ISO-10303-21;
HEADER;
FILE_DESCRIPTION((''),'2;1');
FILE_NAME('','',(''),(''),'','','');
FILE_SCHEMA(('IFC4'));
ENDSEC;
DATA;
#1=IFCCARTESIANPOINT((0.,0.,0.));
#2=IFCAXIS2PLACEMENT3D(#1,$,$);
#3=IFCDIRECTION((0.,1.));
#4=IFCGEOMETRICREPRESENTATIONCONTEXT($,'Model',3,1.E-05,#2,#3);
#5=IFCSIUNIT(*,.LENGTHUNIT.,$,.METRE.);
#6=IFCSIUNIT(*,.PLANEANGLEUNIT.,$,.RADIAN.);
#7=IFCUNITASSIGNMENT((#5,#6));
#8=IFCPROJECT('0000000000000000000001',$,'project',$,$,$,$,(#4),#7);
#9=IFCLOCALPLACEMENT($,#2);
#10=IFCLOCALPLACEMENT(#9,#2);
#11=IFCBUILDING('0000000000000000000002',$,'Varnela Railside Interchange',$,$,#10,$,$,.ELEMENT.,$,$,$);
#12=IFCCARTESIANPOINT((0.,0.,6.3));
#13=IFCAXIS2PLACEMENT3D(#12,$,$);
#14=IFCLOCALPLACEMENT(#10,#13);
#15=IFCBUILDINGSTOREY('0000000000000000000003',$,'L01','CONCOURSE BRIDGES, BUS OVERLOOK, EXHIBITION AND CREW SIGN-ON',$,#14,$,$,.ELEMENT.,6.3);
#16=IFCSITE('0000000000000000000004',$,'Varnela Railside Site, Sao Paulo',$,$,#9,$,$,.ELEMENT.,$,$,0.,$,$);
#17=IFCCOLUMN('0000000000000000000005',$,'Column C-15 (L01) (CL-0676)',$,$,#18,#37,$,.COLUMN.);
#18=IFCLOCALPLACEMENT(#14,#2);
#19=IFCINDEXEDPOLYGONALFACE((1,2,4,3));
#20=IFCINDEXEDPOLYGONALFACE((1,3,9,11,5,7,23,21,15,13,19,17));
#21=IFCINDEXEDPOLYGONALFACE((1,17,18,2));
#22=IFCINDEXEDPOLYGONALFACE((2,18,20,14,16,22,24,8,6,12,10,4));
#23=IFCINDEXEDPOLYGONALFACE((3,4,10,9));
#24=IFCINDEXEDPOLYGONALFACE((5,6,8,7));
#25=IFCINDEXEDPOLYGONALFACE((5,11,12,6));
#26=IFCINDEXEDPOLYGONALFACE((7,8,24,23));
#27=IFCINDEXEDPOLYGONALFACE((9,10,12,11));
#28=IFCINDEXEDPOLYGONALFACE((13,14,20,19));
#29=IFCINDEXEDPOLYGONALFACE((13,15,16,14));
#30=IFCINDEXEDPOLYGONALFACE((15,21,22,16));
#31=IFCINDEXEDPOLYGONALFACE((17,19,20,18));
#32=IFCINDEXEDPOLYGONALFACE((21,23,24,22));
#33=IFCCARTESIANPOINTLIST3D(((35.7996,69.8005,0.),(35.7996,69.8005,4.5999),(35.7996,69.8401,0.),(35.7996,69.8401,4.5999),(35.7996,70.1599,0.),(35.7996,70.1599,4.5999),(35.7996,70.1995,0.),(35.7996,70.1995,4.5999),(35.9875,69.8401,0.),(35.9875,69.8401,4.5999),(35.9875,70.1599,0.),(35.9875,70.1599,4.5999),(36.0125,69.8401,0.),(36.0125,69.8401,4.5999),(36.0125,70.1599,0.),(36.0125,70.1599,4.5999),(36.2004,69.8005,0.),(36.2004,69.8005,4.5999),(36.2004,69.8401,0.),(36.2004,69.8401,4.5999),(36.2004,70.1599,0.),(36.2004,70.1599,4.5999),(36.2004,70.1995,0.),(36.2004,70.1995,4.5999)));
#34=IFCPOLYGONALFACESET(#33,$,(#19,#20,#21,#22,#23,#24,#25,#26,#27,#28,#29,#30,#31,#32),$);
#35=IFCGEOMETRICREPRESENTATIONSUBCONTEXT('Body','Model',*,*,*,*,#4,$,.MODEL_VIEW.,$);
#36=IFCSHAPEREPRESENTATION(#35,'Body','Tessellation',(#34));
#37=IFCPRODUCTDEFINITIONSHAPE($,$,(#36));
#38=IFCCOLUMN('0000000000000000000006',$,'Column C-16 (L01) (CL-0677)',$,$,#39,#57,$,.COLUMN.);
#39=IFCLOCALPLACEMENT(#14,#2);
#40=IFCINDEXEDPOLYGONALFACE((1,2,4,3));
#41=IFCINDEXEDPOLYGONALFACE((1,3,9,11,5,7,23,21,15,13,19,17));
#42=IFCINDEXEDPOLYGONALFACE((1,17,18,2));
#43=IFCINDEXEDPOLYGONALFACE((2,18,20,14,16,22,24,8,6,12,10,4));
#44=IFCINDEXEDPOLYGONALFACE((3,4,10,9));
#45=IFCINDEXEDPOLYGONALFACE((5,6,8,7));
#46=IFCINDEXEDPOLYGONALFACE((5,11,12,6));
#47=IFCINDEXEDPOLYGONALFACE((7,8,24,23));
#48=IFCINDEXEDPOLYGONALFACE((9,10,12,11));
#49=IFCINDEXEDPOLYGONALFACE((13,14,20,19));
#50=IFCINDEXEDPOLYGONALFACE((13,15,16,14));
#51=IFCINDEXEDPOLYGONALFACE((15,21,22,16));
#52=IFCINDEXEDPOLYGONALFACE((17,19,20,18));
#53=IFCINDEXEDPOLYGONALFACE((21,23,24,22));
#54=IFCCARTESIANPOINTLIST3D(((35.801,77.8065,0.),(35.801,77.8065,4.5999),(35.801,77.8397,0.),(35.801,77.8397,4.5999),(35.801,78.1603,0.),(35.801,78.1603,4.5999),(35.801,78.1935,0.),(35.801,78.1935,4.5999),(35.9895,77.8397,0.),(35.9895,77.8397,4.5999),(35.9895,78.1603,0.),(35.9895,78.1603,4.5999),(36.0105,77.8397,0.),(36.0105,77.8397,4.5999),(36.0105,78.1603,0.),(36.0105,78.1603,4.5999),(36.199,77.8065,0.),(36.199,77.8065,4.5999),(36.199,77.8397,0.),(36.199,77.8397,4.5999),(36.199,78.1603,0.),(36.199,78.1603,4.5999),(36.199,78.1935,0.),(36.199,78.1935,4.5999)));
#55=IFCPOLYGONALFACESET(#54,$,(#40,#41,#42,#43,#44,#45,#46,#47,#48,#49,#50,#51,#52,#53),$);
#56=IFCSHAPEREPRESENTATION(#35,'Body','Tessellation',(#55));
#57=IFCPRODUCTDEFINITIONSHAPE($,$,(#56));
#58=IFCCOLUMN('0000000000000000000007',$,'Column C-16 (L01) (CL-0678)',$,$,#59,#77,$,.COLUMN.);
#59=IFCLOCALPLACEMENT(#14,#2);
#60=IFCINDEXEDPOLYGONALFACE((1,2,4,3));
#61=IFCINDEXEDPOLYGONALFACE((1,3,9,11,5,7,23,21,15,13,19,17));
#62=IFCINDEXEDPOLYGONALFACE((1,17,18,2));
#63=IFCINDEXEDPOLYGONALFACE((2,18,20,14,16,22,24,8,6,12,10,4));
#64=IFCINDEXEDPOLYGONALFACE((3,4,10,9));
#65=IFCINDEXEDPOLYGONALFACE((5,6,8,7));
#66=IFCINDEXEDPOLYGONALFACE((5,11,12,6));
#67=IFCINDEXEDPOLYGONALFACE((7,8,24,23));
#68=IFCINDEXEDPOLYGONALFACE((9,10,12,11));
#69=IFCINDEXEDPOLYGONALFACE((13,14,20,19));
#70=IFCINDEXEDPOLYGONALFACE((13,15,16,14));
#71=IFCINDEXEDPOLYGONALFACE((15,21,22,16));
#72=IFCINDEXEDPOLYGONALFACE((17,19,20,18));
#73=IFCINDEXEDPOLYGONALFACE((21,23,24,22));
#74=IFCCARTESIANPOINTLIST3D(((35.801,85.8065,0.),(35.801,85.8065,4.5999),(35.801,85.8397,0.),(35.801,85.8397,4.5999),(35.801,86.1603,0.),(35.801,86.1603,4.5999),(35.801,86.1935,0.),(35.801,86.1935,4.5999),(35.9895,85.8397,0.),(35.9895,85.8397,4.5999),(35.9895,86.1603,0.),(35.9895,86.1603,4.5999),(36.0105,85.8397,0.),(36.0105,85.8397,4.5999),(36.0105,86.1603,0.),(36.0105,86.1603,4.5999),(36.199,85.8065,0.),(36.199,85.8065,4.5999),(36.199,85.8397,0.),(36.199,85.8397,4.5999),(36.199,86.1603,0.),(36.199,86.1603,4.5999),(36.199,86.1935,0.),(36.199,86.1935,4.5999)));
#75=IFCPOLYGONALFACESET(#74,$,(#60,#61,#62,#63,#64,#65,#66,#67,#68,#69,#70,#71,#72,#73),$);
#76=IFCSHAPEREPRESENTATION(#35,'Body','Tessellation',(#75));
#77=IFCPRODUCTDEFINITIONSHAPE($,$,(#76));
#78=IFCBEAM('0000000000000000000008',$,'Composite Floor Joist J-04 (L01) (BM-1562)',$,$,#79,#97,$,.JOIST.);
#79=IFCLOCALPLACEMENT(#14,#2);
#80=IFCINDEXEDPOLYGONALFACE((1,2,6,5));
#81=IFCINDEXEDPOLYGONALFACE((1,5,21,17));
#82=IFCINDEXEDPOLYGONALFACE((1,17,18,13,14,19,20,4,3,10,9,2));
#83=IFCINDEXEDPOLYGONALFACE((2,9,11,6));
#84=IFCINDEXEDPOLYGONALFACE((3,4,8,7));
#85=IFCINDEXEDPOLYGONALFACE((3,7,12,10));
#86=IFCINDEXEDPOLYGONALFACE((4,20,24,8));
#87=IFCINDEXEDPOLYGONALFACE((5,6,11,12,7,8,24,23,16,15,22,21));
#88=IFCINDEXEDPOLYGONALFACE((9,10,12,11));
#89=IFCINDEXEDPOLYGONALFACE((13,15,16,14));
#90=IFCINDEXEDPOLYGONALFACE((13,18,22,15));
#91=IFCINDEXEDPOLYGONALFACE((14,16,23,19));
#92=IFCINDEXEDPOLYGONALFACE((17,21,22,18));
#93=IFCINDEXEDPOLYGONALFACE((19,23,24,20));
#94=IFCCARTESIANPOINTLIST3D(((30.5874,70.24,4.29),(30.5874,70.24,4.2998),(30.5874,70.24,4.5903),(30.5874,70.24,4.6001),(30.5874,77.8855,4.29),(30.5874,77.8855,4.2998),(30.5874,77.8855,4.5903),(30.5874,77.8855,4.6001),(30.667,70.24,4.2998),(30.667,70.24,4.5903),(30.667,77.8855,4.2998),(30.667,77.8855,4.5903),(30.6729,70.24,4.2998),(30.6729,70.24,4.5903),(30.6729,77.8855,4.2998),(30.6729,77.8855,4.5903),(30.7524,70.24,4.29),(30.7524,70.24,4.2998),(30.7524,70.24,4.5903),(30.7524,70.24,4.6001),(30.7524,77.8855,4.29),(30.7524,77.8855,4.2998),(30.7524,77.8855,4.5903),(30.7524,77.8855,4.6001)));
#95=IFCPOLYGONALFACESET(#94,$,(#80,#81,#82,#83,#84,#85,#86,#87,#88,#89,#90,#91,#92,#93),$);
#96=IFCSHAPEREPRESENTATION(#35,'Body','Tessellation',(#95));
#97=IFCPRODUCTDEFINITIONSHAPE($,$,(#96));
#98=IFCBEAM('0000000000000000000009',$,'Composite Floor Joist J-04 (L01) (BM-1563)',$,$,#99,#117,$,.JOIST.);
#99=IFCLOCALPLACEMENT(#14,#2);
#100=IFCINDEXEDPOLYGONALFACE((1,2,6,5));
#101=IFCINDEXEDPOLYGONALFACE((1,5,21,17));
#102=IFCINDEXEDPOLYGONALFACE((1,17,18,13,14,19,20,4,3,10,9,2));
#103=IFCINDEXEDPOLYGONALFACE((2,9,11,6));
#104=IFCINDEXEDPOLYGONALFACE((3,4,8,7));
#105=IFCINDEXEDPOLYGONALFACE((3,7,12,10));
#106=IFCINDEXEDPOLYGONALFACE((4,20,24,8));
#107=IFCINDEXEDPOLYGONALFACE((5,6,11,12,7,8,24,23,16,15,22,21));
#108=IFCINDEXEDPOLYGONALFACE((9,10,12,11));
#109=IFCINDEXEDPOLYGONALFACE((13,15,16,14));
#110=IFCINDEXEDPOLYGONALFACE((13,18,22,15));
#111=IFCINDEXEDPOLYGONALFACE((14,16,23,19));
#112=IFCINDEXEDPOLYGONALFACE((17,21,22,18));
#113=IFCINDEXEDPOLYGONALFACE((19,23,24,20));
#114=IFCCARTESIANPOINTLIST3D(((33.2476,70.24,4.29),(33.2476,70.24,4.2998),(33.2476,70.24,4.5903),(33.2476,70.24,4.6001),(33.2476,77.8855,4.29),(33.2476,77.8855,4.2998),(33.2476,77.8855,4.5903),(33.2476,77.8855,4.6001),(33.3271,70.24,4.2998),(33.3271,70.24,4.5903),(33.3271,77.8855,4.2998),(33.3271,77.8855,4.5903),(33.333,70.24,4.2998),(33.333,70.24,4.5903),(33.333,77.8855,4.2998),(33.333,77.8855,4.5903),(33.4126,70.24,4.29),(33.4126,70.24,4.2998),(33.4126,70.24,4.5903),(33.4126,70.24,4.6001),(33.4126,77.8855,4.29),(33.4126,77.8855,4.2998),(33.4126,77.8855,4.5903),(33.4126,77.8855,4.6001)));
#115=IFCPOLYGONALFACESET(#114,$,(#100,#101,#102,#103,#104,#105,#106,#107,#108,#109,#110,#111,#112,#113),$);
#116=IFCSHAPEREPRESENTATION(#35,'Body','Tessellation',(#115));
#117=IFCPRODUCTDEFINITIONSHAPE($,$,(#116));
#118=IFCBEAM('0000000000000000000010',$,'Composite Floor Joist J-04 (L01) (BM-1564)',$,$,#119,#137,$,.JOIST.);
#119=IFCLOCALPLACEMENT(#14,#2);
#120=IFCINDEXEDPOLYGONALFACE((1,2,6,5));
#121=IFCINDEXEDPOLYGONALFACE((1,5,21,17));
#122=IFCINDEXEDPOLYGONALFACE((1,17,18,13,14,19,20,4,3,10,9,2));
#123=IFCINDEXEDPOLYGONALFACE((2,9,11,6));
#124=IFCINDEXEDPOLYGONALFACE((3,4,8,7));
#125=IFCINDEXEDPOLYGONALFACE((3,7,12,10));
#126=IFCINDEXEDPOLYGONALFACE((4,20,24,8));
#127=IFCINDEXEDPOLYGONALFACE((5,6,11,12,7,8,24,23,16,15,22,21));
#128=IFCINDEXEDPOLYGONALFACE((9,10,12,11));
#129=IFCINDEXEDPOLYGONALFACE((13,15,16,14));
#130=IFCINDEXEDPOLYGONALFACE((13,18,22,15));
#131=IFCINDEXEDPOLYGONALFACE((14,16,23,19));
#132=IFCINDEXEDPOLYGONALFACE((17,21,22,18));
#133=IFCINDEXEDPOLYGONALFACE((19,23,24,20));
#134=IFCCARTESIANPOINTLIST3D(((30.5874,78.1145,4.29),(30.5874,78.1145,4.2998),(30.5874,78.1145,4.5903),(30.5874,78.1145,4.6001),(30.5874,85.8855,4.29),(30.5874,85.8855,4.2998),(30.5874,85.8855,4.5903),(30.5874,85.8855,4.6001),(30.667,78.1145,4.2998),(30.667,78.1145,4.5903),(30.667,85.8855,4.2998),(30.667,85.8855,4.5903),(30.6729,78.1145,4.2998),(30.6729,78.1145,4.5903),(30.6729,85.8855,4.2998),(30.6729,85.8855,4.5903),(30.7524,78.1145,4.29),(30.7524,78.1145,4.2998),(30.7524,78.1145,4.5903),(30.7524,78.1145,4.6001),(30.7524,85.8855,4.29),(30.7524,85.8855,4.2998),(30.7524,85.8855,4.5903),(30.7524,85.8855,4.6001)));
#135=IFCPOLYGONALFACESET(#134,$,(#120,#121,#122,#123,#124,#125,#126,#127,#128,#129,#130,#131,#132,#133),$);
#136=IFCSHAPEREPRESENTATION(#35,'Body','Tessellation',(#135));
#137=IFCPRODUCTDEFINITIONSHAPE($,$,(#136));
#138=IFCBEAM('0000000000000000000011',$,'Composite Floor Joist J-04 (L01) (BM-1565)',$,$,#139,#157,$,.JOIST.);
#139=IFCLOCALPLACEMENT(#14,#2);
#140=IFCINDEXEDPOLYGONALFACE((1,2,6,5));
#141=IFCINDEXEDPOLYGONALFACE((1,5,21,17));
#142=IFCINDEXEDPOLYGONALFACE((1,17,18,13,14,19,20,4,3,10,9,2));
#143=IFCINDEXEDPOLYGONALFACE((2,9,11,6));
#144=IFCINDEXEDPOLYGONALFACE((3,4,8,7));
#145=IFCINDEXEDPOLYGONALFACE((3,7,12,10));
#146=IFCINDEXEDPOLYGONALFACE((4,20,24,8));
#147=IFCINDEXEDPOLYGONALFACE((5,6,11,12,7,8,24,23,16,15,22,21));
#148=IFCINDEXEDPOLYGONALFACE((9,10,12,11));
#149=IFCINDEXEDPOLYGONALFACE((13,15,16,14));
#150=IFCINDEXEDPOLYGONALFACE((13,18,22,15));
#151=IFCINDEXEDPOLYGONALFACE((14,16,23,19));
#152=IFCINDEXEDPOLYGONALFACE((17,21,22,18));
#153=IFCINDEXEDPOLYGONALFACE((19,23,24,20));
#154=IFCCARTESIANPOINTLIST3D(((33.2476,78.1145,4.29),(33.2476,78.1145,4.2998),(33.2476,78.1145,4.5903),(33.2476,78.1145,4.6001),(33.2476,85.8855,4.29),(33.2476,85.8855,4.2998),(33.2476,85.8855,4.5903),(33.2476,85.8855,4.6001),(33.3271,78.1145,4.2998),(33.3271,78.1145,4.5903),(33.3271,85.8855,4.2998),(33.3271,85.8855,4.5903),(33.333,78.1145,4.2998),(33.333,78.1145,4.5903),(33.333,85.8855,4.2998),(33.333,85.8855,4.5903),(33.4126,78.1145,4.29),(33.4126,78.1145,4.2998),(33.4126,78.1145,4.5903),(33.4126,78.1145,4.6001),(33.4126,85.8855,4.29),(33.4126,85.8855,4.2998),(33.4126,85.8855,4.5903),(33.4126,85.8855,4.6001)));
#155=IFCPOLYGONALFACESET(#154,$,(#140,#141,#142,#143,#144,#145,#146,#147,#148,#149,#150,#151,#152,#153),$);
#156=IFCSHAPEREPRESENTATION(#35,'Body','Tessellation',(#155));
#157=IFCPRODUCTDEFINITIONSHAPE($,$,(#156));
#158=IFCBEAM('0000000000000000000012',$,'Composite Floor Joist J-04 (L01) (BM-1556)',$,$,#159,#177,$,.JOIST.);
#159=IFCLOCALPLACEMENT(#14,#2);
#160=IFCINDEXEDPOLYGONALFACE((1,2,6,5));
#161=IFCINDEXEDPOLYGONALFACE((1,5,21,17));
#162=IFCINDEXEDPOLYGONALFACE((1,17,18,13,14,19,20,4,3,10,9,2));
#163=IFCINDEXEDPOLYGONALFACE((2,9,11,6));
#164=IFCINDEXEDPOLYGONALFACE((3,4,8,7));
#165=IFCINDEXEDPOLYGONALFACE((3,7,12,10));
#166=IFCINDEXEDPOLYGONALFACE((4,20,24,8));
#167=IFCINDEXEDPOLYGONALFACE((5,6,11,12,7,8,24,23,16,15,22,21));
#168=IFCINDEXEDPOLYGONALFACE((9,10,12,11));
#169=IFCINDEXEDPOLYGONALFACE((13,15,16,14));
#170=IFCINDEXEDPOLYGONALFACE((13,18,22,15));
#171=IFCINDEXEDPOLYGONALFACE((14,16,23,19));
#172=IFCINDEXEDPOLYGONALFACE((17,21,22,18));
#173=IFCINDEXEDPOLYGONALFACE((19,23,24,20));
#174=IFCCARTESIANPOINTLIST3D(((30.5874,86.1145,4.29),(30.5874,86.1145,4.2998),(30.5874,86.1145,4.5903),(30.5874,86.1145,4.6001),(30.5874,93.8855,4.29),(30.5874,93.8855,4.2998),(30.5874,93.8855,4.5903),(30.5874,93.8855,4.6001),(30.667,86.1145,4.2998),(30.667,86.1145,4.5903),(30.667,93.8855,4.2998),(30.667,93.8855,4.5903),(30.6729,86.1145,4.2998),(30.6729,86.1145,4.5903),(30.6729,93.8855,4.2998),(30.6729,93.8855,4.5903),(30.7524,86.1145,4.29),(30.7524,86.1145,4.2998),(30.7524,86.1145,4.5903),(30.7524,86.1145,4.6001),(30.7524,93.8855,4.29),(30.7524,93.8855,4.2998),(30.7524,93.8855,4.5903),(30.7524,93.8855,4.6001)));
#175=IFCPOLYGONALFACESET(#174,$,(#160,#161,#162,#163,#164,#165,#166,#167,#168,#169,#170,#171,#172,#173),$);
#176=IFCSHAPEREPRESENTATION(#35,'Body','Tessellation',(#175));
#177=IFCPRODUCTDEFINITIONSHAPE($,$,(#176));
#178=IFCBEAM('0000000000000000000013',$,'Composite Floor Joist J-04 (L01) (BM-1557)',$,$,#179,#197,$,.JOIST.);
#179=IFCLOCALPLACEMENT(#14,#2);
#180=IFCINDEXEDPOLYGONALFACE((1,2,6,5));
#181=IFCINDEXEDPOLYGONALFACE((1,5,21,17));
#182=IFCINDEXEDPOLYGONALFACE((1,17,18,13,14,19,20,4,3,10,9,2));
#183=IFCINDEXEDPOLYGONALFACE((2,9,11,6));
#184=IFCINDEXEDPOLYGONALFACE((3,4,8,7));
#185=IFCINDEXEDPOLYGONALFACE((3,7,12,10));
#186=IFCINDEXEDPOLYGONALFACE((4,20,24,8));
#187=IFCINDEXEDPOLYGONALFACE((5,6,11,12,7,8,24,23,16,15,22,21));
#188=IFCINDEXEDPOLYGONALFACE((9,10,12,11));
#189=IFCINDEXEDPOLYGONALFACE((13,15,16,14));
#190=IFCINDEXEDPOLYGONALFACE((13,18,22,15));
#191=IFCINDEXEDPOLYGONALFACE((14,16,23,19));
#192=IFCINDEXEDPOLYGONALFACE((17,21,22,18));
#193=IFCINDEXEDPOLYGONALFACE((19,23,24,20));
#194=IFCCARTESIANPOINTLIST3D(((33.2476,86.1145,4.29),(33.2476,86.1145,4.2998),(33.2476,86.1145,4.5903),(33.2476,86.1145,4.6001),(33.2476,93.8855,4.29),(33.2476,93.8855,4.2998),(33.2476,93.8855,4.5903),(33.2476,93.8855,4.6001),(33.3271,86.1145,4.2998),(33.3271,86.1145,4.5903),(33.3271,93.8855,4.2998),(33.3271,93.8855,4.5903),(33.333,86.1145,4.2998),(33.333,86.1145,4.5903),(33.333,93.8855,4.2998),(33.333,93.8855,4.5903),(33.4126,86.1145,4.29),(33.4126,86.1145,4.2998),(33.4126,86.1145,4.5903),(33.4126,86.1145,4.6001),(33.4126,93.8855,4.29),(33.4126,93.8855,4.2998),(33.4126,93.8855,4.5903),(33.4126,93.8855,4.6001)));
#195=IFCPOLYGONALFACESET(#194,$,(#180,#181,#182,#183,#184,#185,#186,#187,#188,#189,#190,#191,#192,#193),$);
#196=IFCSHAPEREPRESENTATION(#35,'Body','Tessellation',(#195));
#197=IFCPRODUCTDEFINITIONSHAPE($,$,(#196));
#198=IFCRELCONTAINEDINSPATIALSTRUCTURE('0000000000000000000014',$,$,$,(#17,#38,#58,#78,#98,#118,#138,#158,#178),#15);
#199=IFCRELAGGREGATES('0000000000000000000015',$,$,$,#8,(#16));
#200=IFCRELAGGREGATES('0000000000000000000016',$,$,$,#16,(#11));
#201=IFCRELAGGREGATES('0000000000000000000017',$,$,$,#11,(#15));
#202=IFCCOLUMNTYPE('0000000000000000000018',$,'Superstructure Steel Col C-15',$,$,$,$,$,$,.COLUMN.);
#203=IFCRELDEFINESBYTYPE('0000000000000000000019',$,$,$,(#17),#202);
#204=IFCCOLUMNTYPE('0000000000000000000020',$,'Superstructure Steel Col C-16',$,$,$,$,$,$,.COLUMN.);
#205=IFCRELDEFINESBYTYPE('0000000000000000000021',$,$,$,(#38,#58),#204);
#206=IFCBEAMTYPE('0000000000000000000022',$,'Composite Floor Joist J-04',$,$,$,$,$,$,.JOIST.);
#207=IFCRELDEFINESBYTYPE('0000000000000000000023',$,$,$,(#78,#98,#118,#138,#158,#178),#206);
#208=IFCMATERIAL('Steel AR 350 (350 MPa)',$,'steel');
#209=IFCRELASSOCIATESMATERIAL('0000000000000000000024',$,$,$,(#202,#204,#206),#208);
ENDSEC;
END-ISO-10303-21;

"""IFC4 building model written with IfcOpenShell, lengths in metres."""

from ifc_helpers import new_model, si_unit, direction, frame, origin, origin_2d, place, context, subcontext, project, spatial, i_section, extrude, material, material_profile, profile_set, type_object, element, save


model = new_model("IFC4")

# Units and contexts
model_context = context("Model", 3, precision=1e-05, world=origin(), true_north=direction((0.0, 1.0)))
body_context = subcontext(model_context, "Body", "Model", "MODEL_VIEW")
ifc_project = project(units=[si_unit("LENGTHUNIT", "METRE"), si_unit("PLANEANGLEUNIT", "RADIAN")], contexts=[model_context])

# Site, building, storey
site_placement = place(None, origin())
site = spatial("IfcSite", under=ifc_project, at=site_placement, Name="Varnela Railside Site, Sao Paulo", CompositionType="ELEMENT", RefElevation=0.0)
building_placement = place(site_placement, origin())
building = spatial("IfcBuilding", under=site, at=building_placement, Name="Varnela Railside Interchange", CompositionType="ELEMENT")
storey_placement = place(building_placement, frame((0.0, 0.0, 6.3)))
storey = spatial("IfcBuildingStorey", under=building, at=storey_placement, Name="L01", Description="CONCOURSE BRIDGES, BUS OVERLOOK, EXHIBITION AND CREW SIGN-ON", CompositionType="ELEMENT", Elevation=6.3)

# Columns
ifc_material_1 = material(Name="Steel AR 350 (350 MPa)", Category="steel")
ifc_material_profile_1 = material_profile(ifc_material_1, i_section(OverallWidth=0.4009, OverallDepth=0.3989, WebThickness=0.0249, FlangeThickness=0.0396, at=origin_2d()), Name="W360x314")
ifc_profile_set_1 = profile_set([ifc_material_profile_1], Name="Steel AR 350 (350 MPa)")
column_type_1 = type_object("IfcColumnType", Name="Superstructure Steel Col C-15", PredefinedType="COLUMN", material=ifc_profile_set_1)
column_placement = place(storey_placement, frame((36.0, 70.0, 0.0), z_axis=(0.0, 0.0, 1.0), x_axis=(1.0, 0.0, 0.0)))
element("IfcColumn", 1, at=column_placement, inside=storey, type_object=column_type_1, Name="Column C-15 (L01) (CL-0676)", PredefinedType="COLUMN", context=body_context, shape_type="SweptSolid", body=[
    extrude(i_section(OverallWidth=0.4009, OverallDepth=0.3989, WebThickness=0.0249, FlangeThickness=0.0396, at=origin_2d()), origin(), (0.0, 0.0, 1.0), 4.5999),
])
ifc_material_profile_2 = material_profile(ifc_material_1, i_section(OverallWidth=0.3979, OverallDepth=0.387, WebThickness=0.021, FlangeThickness=0.0332, at=origin_2d()), Name="W360x262")
ifc_profile_set_2 = profile_set([ifc_material_profile_2], Name="Steel AR 350 (350 MPa)")
column_type_2 = type_object("IfcColumnType", Name="Superstructure Steel Col C-16", PredefinedType="COLUMN", material=ifc_profile_set_2)
for number, where, z_axis, x_axis, name in (
    (2, (36.0, 78.0, 0.0), (0.0, 0.0, 1.0), (1.0, 0.0, 0.0), "Column C-16 (L01) (CL-0677)"),
    (3, (36.0, 86.0, 0.0), (0.0, 0.0, 1.0), (1.0, 0.0, 0.0), "Column C-16 (L01) (CL-0678)"),
):
    element("IfcColumn", number, at=place(storey_placement, frame(where, z_axis=z_axis, x_axis=x_axis)), inside=storey, type_object=column_type_2, Name=name, PredefinedType="COLUMN", context=body_context, shape_type="SweptSolid", body=[
        extrude(i_section(OverallWidth=0.3979, OverallDepth=0.387, WebThickness=0.021, FlangeThickness=0.0332, at=origin_2d()), origin(), (0.0, 0.0, 1.0), 4.5999),
    ])

# Beams
ifc_material_profile_3 = material_profile(ifc_material_1, i_section(OverallWidth=0.165, OverallDepth=0.3101, WebThickness=0.0059, FlangeThickness=0.0098, at=origin_2d()), Name="W310x38.7")
ifc_profile_set_3 = profile_set([ifc_material_profile_3], Name="Steel AR 350 (350 MPa)")
beam_type_1 = type_object("IfcBeamType", Name="Composite Floor Joist J-04", PredefinedType="JOIST", material=ifc_profile_set_3)
for number, where, z_axis, x_axis, name in (
    (4, (30.6699, 70.24, 4.4451), (0.0, 1.0, 0.0), (-1.0, 0.0, 0.0), "Composite Floor Joist J-04 (L01) (BM-1562)"),
    (5, (33.3301, 70.24, 4.4451), (0.0, 1.0, 0.0), (-1.0, 0.0, 0.0), "Composite Floor Joist J-04 (L01) (BM-1563)"),
):
    element("IfcBeam", number, at=place(storey_placement, frame(where, z_axis=z_axis, x_axis=x_axis)), inside=storey, type_object=beam_type_1, Name=name, PredefinedType="JOIST", context=body_context, shape_type="SweptSolid", body=[
        extrude(i_section(OverallWidth=0.165, OverallDepth=0.3101, WebThickness=0.0059, FlangeThickness=0.0098, at=origin_2d()), origin(), (0.0, 0.0, 1.0), 7.6455),
    ])
for number, where, z_axis, x_axis, name in (
    (6, (30.6699, 78.1145, 4.4451), (0.0, 1.0, 0.0), (-1.0, 0.0, 0.0), "Composite Floor Joist J-04 (L01) (BM-1564)"),
    (7, (33.3301, 78.1145, 4.4451), (0.0, 1.0, 0.0), (-1.0, 0.0, 0.0), "Composite Floor Joist J-04 (L01) (BM-1565)"),
    (8, (30.6699, 86.1145, 4.4451), (0.0, 1.0, 0.0), (-1.0, 0.0, 0.0), "Composite Floor Joist J-04 (L01) (BM-1556)"),
    (9, (33.3301, 86.1145, 4.4451), (0.0, 1.0, 0.0), (-1.0, 0.0, 0.0), "Composite Floor Joist J-04 (L01) (BM-1557)"),
):
    element("IfcBeam", number, at=place(storey_placement, frame(where, z_axis=z_axis, x_axis=x_axis)), inside=storey, type_object=beam_type_1, Name=name, PredefinedType="JOIST", context=body_context, shape_type="SweptSolid", body=[
        extrude(i_section(OverallWidth=0.165, OverallDepth=0.3101, WebThickness=0.0059, FlangeThickness=0.0098, at=origin_2d()), origin(), (0.0, 0.0, 1.0), 7.771),
    ])

save(model, "model.ifc")
